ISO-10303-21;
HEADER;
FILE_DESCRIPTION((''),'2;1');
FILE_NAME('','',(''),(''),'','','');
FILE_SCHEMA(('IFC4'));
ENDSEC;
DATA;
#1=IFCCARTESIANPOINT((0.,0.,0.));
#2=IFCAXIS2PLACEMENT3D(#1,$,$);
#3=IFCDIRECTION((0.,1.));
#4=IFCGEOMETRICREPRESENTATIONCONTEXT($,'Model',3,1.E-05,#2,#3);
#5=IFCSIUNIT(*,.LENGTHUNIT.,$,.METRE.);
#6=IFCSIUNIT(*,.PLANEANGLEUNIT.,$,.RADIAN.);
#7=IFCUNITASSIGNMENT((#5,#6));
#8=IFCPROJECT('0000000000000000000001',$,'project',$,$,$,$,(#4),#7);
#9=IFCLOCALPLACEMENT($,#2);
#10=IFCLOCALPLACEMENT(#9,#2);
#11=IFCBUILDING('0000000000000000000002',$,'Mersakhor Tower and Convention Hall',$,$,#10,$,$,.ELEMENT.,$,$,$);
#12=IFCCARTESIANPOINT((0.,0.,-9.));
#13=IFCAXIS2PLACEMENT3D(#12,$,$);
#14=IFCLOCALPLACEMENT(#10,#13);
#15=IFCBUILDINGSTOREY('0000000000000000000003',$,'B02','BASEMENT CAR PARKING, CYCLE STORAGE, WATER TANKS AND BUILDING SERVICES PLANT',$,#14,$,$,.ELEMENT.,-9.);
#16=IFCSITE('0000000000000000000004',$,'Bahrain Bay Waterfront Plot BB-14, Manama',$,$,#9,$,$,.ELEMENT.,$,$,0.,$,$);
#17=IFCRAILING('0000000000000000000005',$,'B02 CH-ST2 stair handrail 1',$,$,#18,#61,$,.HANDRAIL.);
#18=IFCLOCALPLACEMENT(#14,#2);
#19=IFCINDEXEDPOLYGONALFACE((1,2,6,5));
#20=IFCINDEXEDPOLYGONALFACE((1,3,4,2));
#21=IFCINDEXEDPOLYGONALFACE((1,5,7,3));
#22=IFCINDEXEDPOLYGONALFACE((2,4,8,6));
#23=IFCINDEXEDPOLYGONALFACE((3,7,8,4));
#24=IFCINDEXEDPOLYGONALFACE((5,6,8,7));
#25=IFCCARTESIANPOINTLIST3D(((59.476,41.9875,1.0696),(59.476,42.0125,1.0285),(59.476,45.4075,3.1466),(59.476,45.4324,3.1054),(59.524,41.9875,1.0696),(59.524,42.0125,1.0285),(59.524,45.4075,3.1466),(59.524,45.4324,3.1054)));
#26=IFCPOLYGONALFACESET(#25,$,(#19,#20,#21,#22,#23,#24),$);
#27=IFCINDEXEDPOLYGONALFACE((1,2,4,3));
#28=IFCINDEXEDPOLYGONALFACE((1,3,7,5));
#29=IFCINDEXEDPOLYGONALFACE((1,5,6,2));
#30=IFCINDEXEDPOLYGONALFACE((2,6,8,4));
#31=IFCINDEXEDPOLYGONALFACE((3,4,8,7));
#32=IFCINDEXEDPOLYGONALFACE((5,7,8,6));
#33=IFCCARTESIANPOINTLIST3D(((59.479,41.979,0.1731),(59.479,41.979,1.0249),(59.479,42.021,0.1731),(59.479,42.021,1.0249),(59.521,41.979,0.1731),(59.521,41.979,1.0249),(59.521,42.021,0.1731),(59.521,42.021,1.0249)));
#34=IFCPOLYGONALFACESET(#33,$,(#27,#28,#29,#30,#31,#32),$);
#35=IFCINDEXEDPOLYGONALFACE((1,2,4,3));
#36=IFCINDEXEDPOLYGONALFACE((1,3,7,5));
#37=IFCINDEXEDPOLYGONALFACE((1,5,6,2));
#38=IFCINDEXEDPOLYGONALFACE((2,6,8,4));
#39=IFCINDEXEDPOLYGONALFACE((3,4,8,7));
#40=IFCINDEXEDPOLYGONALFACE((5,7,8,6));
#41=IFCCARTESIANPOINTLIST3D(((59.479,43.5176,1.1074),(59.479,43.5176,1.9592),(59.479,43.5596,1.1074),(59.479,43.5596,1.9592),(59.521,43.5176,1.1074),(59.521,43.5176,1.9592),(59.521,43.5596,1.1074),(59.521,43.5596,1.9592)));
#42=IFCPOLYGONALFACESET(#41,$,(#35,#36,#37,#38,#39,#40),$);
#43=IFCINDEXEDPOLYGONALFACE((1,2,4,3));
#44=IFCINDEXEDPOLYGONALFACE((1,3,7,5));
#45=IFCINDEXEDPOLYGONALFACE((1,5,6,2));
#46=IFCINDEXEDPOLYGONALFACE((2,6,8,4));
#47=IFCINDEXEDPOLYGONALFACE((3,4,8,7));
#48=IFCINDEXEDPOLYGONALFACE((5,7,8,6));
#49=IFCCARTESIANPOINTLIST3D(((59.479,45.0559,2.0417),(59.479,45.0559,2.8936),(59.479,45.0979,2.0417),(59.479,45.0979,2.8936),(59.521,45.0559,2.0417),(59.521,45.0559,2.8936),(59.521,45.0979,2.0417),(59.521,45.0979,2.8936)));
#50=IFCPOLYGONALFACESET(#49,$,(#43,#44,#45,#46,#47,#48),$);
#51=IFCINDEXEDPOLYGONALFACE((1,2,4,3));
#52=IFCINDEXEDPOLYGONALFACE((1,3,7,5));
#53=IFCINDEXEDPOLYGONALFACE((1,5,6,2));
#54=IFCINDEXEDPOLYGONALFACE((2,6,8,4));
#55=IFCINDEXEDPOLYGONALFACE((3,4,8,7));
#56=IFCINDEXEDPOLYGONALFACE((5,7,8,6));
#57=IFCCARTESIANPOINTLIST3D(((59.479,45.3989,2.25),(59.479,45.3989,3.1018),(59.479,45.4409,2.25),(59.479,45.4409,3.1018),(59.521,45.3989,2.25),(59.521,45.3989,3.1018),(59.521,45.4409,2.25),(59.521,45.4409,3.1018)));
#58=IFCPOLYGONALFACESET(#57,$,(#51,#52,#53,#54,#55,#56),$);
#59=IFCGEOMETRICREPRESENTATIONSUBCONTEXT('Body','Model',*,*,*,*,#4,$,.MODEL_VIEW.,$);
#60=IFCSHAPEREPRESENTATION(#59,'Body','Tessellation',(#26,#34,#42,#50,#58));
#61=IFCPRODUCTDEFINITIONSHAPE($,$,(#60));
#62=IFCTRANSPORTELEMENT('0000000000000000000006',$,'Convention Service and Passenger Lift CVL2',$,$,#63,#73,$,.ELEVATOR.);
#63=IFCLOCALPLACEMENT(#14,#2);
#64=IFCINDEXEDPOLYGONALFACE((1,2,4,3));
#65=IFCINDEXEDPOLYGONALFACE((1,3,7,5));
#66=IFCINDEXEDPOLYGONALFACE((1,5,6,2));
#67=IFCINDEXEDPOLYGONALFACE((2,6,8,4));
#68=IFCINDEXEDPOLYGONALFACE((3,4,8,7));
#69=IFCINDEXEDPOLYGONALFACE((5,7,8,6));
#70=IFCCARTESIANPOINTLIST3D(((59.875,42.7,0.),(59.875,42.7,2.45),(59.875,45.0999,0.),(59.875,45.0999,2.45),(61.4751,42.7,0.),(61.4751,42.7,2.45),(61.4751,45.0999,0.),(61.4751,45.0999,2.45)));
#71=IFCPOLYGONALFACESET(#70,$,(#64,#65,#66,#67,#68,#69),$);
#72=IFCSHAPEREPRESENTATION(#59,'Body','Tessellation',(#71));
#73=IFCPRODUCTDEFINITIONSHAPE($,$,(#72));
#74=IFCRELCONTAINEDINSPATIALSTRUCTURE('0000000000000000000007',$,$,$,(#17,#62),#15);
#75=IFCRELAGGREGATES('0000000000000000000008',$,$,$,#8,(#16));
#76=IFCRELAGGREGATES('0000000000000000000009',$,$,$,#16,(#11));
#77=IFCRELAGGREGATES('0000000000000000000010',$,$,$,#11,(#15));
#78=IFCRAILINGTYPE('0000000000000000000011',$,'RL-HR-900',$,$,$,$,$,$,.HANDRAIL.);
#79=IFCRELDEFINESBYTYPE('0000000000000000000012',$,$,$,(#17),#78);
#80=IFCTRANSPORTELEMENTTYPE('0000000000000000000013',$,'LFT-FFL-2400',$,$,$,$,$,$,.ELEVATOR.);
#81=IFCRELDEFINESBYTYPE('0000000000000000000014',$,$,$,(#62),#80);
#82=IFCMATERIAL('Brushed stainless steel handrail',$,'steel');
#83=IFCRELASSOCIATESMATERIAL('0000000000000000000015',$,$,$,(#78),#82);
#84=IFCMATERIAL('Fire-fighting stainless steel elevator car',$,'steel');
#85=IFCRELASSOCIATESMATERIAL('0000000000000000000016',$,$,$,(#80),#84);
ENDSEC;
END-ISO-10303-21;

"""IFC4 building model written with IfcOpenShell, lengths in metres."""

from ifc_helpers import new_model, si_unit, direction, frame, origin, origin_2d, place, context, subcontext, project, spatial, rectangle, extrude, material, type_object, element, save


model = new_model("IFC4")

# Units and contexts
model_context = context("Model", 3, precision=1e-05, world=origin(), true_north=direction((0.0, 1.0)))
body_context = subcontext(model_context, "Body", "Model", "MODEL_VIEW")
ifc_project = project(units=[si_unit("LENGTHUNIT", "METRE"), si_unit("PLANEANGLEUNIT", "RADIAN")], contexts=[model_context])

# Site, building, storey
site_placement = place(None, origin())
site = spatial("IfcSite", under=ifc_project, at=site_placement, Name="Bahrain Bay Waterfront Plot BB-14, Manama", CompositionType="ELEMENT", RefElevation=0.0)
building_placement = place(site_placement, origin())
building = spatial("IfcBuilding", under=site, at=building_placement, Name="Mersakhor Tower and Convention Hall", CompositionType="ELEMENT")
storey_placement = place(building_placement, frame((0.0, 0.0, -9.0)))
storey = spatial("IfcBuildingStorey", under=building, at=storey_placement, Name="B02", Description="BASEMENT CAR PARKING, CYCLE STORAGE, WATER TANKS AND BUILDING SERVICES PLANT", CompositionType="ELEMENT", Elevation=-9.0)

# Railing
ifc_material_1 = material(Name="Brushed stainless steel handrail", Category="steel")
railing_type = type_object("IfcRailingType", Name="RL-HR-900", PredefinedType="HANDRAIL", material=ifc_material_1)
railing_placement = place(storey_placement, frame((59.5, 42.0, 0.1731)))
element("IfcRailing", 1, at=railing_placement, inside=storey, type_object=railing_type, Name="B02 CH-ST2 stair handrail 1", PredefinedType="HANDRAIL", context=body_context, shape_type="SweptSolid", body=[
    extrude(rectangle(XDim=0.0481, YDim=0.0481, at=origin_2d()), frame((0.0, 0.0, 0.876), z_axis=(0.0, 0.85473, 0.519074), x_axis=(-1.0, 0.0, 0.0)), (0.0, 0.0, 1.0), 4.0012),
    extrude(rectangle(XDim=0.042, YDim=0.042, at=origin_2d()), origin(), (0.0, 0.0, 1.0), 0.8518),
    extrude(rectangle(XDim=0.042, YDim=0.042, at=origin_2d()), frame((0.0, 1.5386, 0.9343)), (0.0, 0.0, 1.0), 0.8518),
    extrude(rectangle(XDim=0.042, YDim=0.042, at=origin_2d()), frame((0.0, 3.0769, 1.8687)), (0.0, 0.0, 1.0), 0.8518),
    extrude(rectangle(XDim=0.042, YDim=0.042, at=origin_2d()), frame((0.0, 3.4199, 2.0769)), (0.0, 0.0, 1.0), 0.8518),
])

# Transport element
ifc_material_2 = material(Name="Fire-fighting stainless steel elevator car", Category="steel")
transport_element_type = type_object("IfcTransportElementType", Name="LFT-FFL-2400", PredefinedType="ELEVATOR", material=ifc_material_2)
transport_element_placement = place(storey_placement, frame((60.675, 43.8999, 0.0), z_axis=(0.0, 0.0, 1.0), x_axis=(1.0, 0.0, 0.0)))
element("IfcTransportElement", 2, at=transport_element_placement, inside=storey, type_object=transport_element_type, Name="Convention Service and Passenger Lift CVL2", PredefinedType="ELEVATOR", context=body_context, shape_type="SweptSolid", body=[
    extrude(rectangle(XDim=1.6001, YDim=2.3999, at=origin_2d()), origin(), (0.0, 0.0, 1.0), 2.45),
])

save(model, "model.ifc")
